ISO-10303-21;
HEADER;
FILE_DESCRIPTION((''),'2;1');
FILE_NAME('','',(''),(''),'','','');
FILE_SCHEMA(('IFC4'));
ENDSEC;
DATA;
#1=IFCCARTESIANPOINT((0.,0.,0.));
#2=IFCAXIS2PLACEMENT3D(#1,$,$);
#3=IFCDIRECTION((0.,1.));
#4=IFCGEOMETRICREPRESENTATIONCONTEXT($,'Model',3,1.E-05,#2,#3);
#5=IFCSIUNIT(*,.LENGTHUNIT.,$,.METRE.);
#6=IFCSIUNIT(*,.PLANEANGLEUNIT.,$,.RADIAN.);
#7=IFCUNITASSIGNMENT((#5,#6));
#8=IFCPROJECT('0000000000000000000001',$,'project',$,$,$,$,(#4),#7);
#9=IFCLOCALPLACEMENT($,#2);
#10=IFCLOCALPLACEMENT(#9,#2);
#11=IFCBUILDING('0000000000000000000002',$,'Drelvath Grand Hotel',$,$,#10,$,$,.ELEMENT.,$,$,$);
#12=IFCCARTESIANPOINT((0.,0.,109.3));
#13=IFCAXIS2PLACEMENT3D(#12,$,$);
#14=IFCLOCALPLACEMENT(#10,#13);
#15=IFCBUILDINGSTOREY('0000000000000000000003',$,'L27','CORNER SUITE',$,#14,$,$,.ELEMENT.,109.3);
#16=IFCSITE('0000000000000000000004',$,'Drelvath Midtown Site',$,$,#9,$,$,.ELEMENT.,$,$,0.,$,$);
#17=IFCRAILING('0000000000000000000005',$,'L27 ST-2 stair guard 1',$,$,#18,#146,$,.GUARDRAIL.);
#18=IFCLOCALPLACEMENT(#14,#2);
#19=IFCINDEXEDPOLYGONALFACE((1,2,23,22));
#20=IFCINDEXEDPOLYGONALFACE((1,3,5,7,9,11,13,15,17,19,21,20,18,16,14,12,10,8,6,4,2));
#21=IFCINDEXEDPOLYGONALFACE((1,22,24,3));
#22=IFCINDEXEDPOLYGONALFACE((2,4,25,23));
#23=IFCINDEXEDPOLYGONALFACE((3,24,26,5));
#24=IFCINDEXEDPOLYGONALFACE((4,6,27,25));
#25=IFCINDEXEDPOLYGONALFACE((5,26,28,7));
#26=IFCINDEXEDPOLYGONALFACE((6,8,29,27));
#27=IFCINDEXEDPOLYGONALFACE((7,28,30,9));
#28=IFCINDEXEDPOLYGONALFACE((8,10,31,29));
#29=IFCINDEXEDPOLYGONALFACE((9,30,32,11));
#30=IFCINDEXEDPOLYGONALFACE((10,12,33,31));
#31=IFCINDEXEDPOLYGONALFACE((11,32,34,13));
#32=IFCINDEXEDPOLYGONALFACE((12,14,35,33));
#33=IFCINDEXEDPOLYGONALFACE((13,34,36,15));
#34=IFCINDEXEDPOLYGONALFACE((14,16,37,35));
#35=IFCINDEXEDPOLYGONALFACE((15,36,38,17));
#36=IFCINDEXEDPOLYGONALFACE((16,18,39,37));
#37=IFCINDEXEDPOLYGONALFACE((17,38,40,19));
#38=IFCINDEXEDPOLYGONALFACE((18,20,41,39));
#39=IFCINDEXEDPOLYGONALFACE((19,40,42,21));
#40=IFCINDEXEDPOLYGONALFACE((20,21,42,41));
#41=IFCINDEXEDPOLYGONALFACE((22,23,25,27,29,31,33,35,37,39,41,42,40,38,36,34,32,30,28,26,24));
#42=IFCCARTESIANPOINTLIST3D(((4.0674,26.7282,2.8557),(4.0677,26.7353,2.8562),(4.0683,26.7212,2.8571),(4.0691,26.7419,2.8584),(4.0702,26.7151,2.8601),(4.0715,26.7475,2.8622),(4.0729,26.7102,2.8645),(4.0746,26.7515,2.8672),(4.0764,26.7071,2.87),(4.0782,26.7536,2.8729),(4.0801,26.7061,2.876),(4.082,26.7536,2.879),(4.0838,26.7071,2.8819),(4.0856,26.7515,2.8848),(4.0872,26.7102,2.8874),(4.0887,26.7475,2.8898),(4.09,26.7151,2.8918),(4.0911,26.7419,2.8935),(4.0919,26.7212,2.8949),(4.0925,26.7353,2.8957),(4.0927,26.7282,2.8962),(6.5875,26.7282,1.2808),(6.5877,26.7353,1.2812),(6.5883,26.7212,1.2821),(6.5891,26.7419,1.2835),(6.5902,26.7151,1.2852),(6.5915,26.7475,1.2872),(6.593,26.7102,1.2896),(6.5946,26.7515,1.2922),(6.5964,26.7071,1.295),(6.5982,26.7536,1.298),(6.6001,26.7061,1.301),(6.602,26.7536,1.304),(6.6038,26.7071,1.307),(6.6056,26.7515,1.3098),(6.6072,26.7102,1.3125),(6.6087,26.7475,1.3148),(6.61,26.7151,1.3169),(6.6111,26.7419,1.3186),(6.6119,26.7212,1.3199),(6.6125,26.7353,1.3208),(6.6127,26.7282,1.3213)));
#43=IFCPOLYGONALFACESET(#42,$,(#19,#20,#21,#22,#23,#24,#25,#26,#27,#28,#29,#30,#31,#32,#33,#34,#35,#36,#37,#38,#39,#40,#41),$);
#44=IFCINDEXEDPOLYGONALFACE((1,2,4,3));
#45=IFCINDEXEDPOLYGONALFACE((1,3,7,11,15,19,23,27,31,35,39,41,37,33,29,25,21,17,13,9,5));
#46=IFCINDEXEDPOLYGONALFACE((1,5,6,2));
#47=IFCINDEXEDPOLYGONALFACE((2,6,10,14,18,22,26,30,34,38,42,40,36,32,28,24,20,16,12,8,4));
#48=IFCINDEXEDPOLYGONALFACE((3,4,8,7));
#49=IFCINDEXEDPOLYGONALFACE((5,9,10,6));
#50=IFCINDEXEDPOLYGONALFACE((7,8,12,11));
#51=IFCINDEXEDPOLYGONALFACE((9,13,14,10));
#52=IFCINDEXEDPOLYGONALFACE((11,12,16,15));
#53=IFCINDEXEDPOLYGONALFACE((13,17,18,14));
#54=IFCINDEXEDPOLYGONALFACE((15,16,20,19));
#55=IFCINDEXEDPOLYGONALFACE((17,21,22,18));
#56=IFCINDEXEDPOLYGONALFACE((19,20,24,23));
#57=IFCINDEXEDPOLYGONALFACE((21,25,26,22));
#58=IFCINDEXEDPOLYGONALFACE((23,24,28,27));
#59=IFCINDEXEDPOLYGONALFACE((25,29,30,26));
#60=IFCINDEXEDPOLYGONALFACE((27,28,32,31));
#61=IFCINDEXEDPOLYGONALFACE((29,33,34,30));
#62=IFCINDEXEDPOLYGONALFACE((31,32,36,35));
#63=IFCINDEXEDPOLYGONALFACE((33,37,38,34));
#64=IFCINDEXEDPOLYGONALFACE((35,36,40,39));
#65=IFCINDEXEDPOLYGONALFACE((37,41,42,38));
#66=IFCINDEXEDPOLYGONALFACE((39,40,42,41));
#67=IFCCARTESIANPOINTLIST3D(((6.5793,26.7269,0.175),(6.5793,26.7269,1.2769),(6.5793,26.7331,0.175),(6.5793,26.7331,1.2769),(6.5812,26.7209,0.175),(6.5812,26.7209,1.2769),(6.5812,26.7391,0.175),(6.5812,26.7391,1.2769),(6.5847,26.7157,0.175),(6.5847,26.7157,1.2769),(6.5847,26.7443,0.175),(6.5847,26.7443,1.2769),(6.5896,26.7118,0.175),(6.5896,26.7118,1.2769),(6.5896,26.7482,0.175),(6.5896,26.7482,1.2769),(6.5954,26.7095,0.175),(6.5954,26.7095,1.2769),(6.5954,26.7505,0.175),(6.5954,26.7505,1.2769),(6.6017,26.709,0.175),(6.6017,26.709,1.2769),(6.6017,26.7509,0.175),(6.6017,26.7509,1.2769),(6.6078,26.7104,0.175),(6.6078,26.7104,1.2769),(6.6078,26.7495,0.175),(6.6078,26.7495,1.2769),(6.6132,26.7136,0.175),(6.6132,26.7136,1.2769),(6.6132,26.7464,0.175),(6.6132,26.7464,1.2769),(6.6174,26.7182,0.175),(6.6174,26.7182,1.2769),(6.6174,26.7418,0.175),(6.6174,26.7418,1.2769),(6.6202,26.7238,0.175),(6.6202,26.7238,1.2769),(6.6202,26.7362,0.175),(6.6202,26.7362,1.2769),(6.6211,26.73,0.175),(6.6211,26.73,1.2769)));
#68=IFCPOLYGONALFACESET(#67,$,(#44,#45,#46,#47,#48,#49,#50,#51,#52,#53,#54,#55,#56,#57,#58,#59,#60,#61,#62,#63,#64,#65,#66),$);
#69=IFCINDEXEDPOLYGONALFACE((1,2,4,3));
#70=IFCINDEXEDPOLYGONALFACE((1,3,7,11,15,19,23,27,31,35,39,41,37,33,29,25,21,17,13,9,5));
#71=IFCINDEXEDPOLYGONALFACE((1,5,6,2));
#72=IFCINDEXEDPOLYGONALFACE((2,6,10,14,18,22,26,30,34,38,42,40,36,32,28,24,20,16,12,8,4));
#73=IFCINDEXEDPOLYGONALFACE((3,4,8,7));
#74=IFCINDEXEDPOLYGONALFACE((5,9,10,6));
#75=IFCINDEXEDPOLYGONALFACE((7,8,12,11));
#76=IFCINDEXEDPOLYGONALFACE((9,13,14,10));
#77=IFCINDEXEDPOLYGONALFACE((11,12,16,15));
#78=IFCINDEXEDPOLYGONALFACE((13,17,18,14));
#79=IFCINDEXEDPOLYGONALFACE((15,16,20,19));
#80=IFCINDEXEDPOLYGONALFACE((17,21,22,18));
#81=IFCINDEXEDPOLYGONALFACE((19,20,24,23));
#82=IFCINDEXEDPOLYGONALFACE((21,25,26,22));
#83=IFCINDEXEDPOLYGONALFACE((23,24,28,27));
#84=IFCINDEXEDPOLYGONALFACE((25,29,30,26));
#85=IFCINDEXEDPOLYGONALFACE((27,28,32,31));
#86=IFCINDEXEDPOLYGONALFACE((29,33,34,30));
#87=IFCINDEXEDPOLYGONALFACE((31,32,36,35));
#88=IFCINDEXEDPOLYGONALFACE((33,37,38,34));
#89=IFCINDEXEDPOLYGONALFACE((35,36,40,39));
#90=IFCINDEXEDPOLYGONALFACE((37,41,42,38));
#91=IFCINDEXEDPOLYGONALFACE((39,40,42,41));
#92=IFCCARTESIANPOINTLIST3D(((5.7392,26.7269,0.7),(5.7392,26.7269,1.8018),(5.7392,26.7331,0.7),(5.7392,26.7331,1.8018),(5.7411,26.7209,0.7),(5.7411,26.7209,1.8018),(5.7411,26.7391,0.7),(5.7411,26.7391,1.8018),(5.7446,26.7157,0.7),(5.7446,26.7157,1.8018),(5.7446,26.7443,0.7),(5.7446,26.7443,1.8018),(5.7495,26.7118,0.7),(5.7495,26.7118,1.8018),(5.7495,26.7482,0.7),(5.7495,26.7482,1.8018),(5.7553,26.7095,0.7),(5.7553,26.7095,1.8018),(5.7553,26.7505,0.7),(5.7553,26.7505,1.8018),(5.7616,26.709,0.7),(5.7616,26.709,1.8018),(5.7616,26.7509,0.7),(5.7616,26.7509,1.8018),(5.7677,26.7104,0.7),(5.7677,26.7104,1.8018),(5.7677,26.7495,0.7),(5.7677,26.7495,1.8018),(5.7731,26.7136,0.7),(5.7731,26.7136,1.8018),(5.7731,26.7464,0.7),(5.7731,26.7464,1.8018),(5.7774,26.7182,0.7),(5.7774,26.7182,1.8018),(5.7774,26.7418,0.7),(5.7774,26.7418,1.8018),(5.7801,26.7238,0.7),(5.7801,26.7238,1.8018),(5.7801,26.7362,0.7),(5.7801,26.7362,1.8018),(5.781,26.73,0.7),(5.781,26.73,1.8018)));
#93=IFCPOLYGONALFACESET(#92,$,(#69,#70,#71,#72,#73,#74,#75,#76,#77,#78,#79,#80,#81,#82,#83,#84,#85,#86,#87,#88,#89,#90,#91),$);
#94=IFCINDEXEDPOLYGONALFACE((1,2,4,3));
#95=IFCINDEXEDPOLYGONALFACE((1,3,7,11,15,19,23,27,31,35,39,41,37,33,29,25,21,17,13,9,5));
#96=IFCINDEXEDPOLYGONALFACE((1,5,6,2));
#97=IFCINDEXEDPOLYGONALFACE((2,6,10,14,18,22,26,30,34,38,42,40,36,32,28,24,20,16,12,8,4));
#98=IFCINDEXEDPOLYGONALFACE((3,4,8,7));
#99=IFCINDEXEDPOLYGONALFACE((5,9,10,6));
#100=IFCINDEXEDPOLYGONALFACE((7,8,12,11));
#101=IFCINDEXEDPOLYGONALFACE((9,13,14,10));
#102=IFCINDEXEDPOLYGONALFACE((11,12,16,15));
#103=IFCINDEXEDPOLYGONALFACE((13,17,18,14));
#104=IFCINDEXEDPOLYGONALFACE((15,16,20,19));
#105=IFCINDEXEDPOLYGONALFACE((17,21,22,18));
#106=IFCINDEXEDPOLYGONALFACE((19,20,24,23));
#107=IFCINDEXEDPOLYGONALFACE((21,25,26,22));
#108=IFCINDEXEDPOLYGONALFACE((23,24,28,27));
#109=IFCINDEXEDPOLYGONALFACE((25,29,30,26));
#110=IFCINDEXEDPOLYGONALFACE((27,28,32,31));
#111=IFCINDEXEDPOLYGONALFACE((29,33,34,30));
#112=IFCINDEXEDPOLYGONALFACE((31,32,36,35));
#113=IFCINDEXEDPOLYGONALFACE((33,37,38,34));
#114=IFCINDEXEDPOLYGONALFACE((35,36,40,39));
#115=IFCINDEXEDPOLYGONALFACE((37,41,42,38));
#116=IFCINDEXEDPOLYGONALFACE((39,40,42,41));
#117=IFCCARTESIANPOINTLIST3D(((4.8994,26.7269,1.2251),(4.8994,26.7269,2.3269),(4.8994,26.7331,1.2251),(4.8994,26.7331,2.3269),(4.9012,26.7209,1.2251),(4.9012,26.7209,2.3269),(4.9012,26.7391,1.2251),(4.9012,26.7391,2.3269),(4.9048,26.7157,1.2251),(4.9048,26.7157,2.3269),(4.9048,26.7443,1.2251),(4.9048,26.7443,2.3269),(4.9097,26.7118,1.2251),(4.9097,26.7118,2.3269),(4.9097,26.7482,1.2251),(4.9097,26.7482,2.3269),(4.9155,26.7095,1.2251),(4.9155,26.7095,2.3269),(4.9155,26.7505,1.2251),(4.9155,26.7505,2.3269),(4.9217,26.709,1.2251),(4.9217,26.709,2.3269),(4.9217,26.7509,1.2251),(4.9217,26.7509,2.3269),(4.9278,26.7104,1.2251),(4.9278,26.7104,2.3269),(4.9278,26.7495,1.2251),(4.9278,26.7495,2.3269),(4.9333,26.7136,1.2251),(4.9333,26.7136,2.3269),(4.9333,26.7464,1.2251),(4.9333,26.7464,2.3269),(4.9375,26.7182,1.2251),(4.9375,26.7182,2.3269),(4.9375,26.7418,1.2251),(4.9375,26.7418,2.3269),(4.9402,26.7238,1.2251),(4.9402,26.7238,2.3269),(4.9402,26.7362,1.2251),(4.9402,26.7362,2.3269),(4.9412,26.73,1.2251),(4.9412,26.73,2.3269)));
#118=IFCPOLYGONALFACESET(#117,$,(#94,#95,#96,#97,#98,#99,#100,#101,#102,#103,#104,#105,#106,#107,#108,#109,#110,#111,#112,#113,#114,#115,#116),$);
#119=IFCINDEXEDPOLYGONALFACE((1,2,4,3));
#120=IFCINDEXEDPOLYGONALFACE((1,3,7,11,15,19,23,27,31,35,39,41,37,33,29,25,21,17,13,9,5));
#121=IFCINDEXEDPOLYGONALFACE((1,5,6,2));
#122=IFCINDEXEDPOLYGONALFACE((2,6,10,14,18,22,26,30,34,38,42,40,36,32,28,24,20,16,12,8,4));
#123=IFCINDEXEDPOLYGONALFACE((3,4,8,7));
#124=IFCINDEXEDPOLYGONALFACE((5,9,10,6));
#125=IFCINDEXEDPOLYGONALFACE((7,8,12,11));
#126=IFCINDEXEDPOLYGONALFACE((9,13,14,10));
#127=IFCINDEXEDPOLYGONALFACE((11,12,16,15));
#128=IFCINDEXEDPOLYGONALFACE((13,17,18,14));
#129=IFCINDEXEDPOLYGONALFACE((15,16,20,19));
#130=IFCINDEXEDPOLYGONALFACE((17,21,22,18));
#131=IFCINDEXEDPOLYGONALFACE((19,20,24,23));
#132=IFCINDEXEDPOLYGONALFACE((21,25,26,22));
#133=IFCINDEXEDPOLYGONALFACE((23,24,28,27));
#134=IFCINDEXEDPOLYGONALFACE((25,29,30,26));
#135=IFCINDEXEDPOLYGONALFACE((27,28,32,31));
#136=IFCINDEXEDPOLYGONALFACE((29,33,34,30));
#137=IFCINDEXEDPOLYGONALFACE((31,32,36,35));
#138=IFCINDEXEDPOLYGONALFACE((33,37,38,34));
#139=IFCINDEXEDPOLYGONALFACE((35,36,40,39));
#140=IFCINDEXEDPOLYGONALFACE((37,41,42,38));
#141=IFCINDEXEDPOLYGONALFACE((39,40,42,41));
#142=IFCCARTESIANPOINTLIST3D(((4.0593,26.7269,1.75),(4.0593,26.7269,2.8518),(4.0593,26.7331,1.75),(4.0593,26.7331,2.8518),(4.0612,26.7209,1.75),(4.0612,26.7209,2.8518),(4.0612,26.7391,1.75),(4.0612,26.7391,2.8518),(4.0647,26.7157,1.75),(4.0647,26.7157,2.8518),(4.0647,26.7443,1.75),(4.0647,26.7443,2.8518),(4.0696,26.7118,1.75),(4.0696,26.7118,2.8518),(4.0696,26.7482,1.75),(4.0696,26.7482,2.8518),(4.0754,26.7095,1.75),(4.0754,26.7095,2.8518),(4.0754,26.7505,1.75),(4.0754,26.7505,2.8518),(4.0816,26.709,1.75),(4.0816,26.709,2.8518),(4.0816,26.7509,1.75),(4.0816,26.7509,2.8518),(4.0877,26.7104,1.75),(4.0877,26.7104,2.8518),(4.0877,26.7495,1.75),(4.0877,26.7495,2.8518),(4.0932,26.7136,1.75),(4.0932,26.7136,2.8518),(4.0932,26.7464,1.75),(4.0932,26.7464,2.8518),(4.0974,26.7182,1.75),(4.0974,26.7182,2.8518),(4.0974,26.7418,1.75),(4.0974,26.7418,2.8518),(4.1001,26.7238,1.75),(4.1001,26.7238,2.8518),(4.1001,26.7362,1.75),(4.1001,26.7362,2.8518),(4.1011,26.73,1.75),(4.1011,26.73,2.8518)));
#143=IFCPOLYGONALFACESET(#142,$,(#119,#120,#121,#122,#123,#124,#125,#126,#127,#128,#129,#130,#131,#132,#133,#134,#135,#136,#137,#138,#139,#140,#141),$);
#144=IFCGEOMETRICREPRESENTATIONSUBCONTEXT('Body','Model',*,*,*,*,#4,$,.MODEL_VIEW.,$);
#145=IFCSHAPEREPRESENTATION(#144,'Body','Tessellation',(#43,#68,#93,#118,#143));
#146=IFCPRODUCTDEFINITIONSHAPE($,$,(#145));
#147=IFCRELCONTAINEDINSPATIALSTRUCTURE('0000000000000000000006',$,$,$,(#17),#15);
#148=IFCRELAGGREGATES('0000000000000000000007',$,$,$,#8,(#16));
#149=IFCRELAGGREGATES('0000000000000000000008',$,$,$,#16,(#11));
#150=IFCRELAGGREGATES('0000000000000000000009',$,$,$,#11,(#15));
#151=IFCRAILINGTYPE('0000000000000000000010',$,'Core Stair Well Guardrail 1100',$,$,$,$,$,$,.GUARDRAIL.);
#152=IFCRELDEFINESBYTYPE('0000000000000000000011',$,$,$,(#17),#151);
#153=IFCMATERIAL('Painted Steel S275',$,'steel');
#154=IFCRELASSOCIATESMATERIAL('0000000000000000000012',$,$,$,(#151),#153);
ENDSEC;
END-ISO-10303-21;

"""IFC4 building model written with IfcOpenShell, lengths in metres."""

from ifc_helpers import new_model, si_unit, direction, frame, origin, origin_2d, place, context, subcontext, project, spatial, circle, extrude, material, type_object, element, save


model = new_model("IFC4")

# Units and contexts
model_context = context("Model", 3, precision=1e-05, world=origin(), true_north=direction((0.0, 1.0)))
body_context = subcontext(model_context, "Body", "Model", "MODEL_VIEW")
ifc_project = project(units=[si_unit("LENGTHUNIT", "METRE"), si_unit("PLANEANGLEUNIT", "RADIAN")], contexts=[model_context])

# Site, building, storey
site_placement = place(None, origin())
site = spatial("IfcSite", under=ifc_project, at=site_placement, Name="Drelvath Midtown Site", CompositionType="ELEMENT", RefElevation=0.0)
building_placement = place(site_placement, origin())
building = spatial("IfcBuilding", under=site, at=building_placement, Name="Drelvath Grand Hotel", CompositionType="ELEMENT")
storey_placement = place(building_placement, frame((0.0, 0.0, 109.3)))
storey = spatial("IfcBuildingStorey", under=building, at=storey_placement, Name="L27", Description="CORNER SUITE", CompositionType="ELEMENT", Elevation=109.3)

# Railing
ifc_material_1 = material(Name="Painted Steel S275", Category="steel")
railing_type_1 = type_object("IfcRailingType", Name="Core Stair Well Guardrail 1100", PredefinedType="GUARDRAIL", material=ifc_material_1)
railing_1_placement = place(storey_placement, frame((6.6001, 26.73, 0.175)))
element("IfcRailing", 1, at=railing_1_placement, inside=storey, type_object=railing_type_1, Name="L27 ST-2 stair guard 1", PredefinedType="GUARDRAIL", context=body_context, shape_type="SweptSolid", body=[
    extrude(circle(Radius=0.0239, at=origin_2d()), frame((0.0, 0.0, 1.126), z_axis=(-0.848008, 0.0, 0.529984), x_axis=(0.0, -1.0, 0.0)), (0.0, 0.0, 1.0), 2.9717),
    extrude(circle(Radius=0.021, at=origin_2d()), origin(), (0.0, 0.0, 1.0), 1.1018),
    extrude(circle(Radius=0.021, at=origin_2d()), frame((-0.8401, 0.0, 0.5249)), (0.0, 0.0, 1.0), 1.1018),
    extrude(circle(Radius=0.021, at=origin_2d()), frame((-1.6799, 0.0, 1.05)), (0.0, 0.0, 1.0), 1.1018),
    extrude(circle(Radius=0.021, at=origin_2d()), frame((-2.52, 0.0, 1.575)), (0.0, 0.0, 1.0), 1.1018),
])

save(model, "model.ifc")
